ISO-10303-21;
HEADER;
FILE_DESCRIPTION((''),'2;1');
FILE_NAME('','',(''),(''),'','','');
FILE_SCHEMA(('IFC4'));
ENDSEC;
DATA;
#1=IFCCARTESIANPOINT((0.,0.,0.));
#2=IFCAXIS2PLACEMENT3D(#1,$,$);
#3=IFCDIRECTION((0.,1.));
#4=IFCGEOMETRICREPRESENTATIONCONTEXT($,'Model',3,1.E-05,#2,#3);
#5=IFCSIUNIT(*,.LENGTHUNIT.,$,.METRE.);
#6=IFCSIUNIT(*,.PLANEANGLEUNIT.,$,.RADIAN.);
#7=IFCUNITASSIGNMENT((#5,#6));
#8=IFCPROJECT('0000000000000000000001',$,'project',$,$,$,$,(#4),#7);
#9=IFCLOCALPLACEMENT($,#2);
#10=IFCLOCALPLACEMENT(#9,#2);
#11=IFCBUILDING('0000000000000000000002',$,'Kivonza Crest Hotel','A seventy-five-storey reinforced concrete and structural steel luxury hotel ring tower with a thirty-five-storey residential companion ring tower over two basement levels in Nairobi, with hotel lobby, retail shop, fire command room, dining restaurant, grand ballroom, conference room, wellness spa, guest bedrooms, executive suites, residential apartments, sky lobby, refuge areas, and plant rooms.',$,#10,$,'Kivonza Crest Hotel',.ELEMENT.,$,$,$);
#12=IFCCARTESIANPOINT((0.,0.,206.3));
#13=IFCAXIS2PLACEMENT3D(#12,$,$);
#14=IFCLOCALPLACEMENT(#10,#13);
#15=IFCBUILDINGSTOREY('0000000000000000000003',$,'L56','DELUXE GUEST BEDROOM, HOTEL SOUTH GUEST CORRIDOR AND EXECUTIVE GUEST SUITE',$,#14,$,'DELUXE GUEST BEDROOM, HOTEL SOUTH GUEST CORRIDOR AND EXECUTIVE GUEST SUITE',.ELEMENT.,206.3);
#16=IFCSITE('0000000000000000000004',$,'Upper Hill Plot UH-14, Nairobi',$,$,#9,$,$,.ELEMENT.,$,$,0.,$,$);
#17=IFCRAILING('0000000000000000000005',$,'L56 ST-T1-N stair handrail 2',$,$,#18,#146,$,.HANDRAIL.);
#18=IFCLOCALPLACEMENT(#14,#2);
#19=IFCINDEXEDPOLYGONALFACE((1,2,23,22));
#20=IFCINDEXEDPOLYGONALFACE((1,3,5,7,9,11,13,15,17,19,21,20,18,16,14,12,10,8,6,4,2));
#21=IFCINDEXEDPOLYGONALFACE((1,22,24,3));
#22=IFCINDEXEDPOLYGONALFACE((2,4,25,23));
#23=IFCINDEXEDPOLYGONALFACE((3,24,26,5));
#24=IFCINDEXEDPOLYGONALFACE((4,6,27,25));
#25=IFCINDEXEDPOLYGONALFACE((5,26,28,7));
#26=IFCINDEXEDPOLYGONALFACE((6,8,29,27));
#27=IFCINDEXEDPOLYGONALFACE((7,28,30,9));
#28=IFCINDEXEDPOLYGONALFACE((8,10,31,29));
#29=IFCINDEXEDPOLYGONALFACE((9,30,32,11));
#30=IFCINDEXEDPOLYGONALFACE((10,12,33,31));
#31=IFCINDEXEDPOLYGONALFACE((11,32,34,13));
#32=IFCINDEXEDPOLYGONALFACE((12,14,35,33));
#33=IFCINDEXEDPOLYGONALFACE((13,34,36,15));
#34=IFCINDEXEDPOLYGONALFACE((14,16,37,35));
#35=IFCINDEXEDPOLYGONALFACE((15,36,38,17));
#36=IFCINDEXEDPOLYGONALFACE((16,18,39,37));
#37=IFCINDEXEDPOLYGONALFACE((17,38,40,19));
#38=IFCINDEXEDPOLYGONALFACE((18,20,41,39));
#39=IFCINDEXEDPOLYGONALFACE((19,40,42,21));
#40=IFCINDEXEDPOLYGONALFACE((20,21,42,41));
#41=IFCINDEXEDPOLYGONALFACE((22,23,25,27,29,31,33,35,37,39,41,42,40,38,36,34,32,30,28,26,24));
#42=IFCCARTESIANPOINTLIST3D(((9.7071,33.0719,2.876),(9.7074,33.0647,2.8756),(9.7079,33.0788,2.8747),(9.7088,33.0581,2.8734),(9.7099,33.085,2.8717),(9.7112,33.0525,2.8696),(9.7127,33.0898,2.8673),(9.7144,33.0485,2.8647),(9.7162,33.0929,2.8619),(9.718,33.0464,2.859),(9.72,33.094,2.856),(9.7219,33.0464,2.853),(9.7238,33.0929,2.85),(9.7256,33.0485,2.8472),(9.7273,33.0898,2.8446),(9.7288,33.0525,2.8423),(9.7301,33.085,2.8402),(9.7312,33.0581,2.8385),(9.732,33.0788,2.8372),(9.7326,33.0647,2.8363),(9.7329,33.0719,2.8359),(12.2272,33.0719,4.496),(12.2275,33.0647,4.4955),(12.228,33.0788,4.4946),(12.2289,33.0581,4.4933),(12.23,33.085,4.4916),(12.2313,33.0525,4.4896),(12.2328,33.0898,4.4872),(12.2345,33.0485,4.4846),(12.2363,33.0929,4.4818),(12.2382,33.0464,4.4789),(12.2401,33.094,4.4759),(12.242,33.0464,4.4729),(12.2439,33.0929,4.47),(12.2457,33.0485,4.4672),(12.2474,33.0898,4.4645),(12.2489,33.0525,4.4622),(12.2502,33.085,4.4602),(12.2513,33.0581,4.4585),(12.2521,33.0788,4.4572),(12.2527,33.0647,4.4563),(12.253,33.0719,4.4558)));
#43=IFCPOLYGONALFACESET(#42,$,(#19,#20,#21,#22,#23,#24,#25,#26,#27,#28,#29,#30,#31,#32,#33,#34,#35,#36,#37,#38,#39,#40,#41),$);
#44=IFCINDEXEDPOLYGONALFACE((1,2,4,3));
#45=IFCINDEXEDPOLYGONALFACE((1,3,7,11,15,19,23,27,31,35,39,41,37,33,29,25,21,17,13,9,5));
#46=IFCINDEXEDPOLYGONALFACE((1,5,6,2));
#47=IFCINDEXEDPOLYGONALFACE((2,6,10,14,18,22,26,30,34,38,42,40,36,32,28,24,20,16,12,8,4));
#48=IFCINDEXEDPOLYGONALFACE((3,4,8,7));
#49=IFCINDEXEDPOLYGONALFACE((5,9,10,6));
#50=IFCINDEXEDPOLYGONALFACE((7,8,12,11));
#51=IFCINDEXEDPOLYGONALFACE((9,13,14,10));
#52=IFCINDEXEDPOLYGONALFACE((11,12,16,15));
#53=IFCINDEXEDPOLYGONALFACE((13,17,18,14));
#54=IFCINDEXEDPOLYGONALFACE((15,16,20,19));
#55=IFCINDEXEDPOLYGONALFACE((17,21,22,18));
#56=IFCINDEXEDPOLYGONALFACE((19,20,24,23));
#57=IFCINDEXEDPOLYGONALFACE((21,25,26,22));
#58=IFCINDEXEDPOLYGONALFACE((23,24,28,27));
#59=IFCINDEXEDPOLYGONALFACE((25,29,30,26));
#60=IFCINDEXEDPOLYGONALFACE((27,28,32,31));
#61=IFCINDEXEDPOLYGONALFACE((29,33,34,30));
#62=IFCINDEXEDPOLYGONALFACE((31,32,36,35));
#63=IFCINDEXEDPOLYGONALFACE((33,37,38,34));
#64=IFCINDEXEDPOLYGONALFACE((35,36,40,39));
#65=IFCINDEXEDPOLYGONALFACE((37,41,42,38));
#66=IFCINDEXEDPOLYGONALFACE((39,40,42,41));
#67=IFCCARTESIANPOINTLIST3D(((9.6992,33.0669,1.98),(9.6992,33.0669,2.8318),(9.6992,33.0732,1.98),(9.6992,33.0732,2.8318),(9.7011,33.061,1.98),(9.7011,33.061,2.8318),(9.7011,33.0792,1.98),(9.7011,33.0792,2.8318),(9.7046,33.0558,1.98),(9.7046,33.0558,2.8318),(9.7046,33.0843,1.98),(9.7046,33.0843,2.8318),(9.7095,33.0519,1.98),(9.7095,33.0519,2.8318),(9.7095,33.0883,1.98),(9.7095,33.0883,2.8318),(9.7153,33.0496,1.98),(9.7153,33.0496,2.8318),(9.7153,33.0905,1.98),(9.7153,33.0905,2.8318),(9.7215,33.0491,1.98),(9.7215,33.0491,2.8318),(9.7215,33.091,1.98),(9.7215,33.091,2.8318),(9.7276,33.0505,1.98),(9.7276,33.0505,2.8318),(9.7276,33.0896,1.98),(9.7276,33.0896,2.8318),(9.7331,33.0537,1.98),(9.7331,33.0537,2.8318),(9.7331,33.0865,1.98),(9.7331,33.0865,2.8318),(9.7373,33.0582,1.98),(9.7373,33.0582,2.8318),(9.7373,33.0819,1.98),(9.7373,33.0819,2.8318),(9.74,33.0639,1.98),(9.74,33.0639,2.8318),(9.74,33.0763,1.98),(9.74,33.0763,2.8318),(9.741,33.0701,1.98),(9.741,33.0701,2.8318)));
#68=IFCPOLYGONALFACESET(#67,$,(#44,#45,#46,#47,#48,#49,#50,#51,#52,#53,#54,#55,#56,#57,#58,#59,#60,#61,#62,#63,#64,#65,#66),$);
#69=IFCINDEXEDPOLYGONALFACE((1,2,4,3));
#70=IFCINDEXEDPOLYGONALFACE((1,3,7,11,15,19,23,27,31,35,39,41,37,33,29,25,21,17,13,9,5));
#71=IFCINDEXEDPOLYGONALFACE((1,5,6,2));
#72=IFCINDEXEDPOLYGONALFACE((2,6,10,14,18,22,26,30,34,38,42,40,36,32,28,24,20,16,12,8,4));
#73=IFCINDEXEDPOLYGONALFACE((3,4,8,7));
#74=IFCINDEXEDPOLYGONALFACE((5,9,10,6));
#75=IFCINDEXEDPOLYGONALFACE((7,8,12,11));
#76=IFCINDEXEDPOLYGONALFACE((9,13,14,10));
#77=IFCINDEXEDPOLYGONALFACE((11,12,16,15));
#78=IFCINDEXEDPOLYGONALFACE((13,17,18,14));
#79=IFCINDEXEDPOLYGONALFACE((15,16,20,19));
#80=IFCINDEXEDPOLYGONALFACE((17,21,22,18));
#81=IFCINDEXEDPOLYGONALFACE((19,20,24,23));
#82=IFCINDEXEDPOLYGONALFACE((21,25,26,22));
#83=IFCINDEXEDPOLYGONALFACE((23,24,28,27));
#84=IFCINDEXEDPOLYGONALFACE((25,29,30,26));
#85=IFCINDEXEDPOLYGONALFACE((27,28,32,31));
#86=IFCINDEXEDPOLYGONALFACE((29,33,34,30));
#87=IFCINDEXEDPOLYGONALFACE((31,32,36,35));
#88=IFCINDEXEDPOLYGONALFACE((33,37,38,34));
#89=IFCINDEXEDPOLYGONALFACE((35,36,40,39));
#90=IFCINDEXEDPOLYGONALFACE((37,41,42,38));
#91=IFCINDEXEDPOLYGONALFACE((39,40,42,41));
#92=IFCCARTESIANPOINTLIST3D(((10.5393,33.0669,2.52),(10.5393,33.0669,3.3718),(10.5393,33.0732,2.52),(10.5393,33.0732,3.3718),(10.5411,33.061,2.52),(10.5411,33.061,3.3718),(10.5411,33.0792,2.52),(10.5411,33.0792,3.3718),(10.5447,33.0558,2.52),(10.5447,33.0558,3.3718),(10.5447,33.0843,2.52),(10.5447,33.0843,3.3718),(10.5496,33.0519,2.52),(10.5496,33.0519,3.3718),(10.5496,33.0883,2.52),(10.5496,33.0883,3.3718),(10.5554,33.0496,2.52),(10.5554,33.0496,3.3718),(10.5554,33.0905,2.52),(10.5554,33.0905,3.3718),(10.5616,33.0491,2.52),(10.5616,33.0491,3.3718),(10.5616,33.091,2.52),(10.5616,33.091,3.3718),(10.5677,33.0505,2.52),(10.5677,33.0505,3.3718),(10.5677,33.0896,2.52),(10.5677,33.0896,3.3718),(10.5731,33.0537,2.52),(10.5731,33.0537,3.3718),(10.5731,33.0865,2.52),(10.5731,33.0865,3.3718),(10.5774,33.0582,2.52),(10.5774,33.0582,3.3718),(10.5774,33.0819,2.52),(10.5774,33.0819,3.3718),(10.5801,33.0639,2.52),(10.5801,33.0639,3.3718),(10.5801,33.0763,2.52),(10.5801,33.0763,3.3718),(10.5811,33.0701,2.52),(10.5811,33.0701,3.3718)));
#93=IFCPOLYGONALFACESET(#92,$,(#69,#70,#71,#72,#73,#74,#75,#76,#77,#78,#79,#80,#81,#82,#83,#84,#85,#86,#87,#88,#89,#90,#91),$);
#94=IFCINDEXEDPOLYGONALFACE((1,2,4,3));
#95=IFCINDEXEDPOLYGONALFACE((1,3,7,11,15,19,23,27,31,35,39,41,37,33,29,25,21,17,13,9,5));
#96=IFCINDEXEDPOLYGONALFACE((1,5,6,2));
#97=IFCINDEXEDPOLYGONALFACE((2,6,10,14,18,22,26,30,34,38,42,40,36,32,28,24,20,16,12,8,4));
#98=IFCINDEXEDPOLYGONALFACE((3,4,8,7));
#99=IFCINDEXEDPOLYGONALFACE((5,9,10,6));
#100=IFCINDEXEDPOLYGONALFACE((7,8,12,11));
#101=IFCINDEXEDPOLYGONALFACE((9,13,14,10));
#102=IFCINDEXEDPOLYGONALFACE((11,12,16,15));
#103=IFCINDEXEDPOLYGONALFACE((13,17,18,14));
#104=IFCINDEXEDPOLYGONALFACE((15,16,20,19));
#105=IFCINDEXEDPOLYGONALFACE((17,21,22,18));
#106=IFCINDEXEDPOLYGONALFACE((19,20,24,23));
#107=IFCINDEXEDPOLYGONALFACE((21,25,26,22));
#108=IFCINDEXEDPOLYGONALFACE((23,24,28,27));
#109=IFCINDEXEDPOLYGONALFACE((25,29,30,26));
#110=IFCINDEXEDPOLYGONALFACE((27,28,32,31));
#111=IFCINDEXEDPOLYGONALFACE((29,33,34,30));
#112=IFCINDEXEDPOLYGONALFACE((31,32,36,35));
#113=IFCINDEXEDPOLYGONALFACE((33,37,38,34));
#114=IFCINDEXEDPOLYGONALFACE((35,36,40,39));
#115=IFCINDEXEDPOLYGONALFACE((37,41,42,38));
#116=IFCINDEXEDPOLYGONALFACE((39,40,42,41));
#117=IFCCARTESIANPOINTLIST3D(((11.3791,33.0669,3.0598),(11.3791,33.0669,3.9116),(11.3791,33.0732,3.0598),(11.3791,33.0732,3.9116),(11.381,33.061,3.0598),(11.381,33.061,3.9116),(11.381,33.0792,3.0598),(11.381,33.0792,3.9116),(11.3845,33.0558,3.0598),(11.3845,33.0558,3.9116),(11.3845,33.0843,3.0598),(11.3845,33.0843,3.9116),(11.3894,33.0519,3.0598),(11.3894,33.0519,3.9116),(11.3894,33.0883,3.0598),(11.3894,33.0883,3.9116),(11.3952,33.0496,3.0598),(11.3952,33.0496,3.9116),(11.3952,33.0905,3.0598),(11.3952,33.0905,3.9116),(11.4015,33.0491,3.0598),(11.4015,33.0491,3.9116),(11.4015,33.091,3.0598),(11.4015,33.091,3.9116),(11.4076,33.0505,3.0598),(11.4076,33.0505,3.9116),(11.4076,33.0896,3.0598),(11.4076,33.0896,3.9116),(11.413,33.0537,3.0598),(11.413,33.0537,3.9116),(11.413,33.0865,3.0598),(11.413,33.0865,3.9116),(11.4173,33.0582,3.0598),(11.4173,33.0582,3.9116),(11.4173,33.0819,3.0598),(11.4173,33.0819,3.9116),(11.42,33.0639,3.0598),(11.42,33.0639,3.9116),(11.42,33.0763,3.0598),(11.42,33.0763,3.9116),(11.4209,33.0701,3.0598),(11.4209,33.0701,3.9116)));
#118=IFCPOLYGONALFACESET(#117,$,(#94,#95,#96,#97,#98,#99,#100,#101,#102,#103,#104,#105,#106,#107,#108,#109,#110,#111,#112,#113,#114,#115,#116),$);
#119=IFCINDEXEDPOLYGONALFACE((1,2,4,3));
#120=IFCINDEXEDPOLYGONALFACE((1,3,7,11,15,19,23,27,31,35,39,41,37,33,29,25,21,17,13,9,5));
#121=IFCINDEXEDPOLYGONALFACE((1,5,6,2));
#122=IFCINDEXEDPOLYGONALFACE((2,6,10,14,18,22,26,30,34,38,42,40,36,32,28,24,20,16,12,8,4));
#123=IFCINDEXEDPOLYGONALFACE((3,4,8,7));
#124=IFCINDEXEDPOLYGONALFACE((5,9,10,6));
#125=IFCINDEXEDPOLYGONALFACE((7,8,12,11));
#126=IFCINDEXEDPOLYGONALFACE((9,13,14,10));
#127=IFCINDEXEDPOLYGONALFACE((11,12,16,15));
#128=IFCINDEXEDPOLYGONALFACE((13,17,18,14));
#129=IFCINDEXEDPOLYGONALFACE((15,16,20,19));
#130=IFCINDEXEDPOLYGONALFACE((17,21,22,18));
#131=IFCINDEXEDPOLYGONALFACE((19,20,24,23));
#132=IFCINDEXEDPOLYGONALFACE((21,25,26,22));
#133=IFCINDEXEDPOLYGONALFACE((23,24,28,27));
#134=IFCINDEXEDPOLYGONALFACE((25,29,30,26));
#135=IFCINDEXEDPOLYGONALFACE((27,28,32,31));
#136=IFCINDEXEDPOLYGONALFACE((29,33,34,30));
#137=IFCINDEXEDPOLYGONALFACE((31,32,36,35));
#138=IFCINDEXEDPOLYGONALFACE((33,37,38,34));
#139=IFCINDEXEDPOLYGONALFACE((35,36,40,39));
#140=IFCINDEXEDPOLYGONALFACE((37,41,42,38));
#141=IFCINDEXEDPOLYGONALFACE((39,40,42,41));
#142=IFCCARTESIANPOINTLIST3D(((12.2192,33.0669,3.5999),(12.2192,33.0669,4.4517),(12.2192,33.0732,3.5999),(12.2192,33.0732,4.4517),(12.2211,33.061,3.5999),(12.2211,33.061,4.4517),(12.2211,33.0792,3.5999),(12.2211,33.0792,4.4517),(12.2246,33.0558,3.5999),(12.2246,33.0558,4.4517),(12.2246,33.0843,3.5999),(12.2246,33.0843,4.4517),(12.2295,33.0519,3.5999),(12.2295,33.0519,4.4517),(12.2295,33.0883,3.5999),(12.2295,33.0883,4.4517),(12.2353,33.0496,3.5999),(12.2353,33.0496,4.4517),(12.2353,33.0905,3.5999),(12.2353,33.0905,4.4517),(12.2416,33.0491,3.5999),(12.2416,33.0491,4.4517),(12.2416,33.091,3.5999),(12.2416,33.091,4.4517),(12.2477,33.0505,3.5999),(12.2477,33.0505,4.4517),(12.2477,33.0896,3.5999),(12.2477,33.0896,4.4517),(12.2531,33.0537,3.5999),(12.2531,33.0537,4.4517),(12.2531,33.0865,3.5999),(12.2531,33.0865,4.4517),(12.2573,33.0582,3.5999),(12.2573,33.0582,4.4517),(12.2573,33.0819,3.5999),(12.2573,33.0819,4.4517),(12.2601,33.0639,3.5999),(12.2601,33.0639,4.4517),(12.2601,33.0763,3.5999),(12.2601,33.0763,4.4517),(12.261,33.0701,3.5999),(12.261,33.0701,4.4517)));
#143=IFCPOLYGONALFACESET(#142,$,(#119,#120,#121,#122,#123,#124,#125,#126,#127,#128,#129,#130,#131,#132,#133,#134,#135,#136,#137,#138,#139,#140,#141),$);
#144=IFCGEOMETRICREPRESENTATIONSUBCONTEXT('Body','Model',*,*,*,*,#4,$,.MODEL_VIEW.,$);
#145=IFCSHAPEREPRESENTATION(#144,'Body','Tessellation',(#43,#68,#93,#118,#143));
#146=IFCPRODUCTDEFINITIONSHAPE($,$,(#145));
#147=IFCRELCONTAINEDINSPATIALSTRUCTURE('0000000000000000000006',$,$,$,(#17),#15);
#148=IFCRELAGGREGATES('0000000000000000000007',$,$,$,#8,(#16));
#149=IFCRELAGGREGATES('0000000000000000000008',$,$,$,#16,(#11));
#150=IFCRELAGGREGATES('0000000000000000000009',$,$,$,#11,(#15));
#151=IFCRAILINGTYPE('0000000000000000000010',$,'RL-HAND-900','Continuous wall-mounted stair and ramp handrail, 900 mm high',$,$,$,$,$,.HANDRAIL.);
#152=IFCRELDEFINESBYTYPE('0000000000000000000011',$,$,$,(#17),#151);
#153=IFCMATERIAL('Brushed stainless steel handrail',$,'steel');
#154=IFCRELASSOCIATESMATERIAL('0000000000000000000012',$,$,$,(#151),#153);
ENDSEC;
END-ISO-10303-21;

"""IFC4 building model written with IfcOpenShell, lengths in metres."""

from ifc_helpers import new_model, si_unit, direction, frame, origin, origin_2d, place, context, subcontext, project, spatial, circle, extrude, material, type_object, element, save


model = new_model("IFC4")

# Units and contexts
model_context = context("Model", 3, precision=1e-05, world=origin(), true_north=direction((0.0, 1.0)))
body_context = subcontext(model_context, "Body", "Model", "MODEL_VIEW")
ifc_project = project(units=[si_unit("LENGTHUNIT", "METRE"), si_unit("PLANEANGLEUNIT", "RADIAN")], contexts=[model_context])

# Site, building, storey
site_placement = place(None, origin())
site = spatial("IfcSite", under=ifc_project, at=site_placement, Name="Upper Hill Plot UH-14, Nairobi", CompositionType="ELEMENT", RefElevation=0.0)
building_placement = place(site_placement, origin())
building = spatial("IfcBuilding", under=site, at=building_placement, Name="Kivonza Crest Hotel", Description="A seventy-five-storey reinforced concrete and structural steel luxury hotel ring tower with a thirty-five-storey residential companion ring tower over two basement levels in Nairobi, with hotel lobby, retail shop, fire command room, dining restaurant, grand ballroom, conference room, wellness spa, guest bedrooms, executive suites, residential apartments, sky lobby, refuge areas, and plant rooms.", LongName="Kivonza Crest Hotel", CompositionType="ELEMENT")
storey_placement = place(building_placement, frame((0.0, 0.0, 206.3)))
storey = spatial("IfcBuildingStorey", under=building, at=storey_placement, Name="L56", Description="DELUXE GUEST BEDROOM, HOTEL SOUTH GUEST CORRIDOR AND EXECUTIVE GUEST SUITE", LongName="DELUXE GUEST BEDROOM, HOTEL SOUTH GUEST CORRIDOR AND EXECUTIVE GUEST SUITE", CompositionType="ELEMENT", Elevation=206.3)

# Railing
ifc_material_1 = material(Name="Brushed stainless steel handrail", Category="steel")
railing_type_1 = type_object("IfcRailingType", Name="RL-HAND-900", Description="Continuous wall-mounted stair and ramp handrail, 900 mm high", PredefinedType="HANDRAIL", material=ifc_material_1)
railing_1_placement = place(storey_placement, frame((9.72, 33.0701, 1.98)))
element("IfcRailing", 1, at=railing_1_placement, inside=storey, type_object=railing_type_1, Name="L56 ST-T1-N stair handrail 2", PredefinedType="HANDRAIL", context=body_context, shape_type="SweptSolid", body=[
    extrude(circle(Radius=0.0239, at=origin_2d()), frame((0.0, 0.0, 0.876), z_axis=(0.8412, 0.0, 0.540725), x_axis=(0.0, 1.0, 0.0)), (0.0, 0.0, 1.0), 2.9958),
    extrude(circle(Radius=0.021, at=origin_2d()), origin(), (0.0, 0.0, 1.0), 0.8518),
    extrude(circle(Radius=0.021, at=origin_2d()), frame((0.8401, 0.0, 0.54)), (0.0, 0.0, 1.0), 0.8518),
    extrude(circle(Radius=0.021, at=origin_2d()), frame((1.6799, 0.0, 1.0798)), (0.0, 0.0, 1.0), 0.8518),
    extrude(circle(Radius=0.021, at=origin_2d()), frame((2.52, 0.0, 1.6199)), (0.0, 0.0, 1.0), 0.8518),
])

save(model, "model.ifc")
